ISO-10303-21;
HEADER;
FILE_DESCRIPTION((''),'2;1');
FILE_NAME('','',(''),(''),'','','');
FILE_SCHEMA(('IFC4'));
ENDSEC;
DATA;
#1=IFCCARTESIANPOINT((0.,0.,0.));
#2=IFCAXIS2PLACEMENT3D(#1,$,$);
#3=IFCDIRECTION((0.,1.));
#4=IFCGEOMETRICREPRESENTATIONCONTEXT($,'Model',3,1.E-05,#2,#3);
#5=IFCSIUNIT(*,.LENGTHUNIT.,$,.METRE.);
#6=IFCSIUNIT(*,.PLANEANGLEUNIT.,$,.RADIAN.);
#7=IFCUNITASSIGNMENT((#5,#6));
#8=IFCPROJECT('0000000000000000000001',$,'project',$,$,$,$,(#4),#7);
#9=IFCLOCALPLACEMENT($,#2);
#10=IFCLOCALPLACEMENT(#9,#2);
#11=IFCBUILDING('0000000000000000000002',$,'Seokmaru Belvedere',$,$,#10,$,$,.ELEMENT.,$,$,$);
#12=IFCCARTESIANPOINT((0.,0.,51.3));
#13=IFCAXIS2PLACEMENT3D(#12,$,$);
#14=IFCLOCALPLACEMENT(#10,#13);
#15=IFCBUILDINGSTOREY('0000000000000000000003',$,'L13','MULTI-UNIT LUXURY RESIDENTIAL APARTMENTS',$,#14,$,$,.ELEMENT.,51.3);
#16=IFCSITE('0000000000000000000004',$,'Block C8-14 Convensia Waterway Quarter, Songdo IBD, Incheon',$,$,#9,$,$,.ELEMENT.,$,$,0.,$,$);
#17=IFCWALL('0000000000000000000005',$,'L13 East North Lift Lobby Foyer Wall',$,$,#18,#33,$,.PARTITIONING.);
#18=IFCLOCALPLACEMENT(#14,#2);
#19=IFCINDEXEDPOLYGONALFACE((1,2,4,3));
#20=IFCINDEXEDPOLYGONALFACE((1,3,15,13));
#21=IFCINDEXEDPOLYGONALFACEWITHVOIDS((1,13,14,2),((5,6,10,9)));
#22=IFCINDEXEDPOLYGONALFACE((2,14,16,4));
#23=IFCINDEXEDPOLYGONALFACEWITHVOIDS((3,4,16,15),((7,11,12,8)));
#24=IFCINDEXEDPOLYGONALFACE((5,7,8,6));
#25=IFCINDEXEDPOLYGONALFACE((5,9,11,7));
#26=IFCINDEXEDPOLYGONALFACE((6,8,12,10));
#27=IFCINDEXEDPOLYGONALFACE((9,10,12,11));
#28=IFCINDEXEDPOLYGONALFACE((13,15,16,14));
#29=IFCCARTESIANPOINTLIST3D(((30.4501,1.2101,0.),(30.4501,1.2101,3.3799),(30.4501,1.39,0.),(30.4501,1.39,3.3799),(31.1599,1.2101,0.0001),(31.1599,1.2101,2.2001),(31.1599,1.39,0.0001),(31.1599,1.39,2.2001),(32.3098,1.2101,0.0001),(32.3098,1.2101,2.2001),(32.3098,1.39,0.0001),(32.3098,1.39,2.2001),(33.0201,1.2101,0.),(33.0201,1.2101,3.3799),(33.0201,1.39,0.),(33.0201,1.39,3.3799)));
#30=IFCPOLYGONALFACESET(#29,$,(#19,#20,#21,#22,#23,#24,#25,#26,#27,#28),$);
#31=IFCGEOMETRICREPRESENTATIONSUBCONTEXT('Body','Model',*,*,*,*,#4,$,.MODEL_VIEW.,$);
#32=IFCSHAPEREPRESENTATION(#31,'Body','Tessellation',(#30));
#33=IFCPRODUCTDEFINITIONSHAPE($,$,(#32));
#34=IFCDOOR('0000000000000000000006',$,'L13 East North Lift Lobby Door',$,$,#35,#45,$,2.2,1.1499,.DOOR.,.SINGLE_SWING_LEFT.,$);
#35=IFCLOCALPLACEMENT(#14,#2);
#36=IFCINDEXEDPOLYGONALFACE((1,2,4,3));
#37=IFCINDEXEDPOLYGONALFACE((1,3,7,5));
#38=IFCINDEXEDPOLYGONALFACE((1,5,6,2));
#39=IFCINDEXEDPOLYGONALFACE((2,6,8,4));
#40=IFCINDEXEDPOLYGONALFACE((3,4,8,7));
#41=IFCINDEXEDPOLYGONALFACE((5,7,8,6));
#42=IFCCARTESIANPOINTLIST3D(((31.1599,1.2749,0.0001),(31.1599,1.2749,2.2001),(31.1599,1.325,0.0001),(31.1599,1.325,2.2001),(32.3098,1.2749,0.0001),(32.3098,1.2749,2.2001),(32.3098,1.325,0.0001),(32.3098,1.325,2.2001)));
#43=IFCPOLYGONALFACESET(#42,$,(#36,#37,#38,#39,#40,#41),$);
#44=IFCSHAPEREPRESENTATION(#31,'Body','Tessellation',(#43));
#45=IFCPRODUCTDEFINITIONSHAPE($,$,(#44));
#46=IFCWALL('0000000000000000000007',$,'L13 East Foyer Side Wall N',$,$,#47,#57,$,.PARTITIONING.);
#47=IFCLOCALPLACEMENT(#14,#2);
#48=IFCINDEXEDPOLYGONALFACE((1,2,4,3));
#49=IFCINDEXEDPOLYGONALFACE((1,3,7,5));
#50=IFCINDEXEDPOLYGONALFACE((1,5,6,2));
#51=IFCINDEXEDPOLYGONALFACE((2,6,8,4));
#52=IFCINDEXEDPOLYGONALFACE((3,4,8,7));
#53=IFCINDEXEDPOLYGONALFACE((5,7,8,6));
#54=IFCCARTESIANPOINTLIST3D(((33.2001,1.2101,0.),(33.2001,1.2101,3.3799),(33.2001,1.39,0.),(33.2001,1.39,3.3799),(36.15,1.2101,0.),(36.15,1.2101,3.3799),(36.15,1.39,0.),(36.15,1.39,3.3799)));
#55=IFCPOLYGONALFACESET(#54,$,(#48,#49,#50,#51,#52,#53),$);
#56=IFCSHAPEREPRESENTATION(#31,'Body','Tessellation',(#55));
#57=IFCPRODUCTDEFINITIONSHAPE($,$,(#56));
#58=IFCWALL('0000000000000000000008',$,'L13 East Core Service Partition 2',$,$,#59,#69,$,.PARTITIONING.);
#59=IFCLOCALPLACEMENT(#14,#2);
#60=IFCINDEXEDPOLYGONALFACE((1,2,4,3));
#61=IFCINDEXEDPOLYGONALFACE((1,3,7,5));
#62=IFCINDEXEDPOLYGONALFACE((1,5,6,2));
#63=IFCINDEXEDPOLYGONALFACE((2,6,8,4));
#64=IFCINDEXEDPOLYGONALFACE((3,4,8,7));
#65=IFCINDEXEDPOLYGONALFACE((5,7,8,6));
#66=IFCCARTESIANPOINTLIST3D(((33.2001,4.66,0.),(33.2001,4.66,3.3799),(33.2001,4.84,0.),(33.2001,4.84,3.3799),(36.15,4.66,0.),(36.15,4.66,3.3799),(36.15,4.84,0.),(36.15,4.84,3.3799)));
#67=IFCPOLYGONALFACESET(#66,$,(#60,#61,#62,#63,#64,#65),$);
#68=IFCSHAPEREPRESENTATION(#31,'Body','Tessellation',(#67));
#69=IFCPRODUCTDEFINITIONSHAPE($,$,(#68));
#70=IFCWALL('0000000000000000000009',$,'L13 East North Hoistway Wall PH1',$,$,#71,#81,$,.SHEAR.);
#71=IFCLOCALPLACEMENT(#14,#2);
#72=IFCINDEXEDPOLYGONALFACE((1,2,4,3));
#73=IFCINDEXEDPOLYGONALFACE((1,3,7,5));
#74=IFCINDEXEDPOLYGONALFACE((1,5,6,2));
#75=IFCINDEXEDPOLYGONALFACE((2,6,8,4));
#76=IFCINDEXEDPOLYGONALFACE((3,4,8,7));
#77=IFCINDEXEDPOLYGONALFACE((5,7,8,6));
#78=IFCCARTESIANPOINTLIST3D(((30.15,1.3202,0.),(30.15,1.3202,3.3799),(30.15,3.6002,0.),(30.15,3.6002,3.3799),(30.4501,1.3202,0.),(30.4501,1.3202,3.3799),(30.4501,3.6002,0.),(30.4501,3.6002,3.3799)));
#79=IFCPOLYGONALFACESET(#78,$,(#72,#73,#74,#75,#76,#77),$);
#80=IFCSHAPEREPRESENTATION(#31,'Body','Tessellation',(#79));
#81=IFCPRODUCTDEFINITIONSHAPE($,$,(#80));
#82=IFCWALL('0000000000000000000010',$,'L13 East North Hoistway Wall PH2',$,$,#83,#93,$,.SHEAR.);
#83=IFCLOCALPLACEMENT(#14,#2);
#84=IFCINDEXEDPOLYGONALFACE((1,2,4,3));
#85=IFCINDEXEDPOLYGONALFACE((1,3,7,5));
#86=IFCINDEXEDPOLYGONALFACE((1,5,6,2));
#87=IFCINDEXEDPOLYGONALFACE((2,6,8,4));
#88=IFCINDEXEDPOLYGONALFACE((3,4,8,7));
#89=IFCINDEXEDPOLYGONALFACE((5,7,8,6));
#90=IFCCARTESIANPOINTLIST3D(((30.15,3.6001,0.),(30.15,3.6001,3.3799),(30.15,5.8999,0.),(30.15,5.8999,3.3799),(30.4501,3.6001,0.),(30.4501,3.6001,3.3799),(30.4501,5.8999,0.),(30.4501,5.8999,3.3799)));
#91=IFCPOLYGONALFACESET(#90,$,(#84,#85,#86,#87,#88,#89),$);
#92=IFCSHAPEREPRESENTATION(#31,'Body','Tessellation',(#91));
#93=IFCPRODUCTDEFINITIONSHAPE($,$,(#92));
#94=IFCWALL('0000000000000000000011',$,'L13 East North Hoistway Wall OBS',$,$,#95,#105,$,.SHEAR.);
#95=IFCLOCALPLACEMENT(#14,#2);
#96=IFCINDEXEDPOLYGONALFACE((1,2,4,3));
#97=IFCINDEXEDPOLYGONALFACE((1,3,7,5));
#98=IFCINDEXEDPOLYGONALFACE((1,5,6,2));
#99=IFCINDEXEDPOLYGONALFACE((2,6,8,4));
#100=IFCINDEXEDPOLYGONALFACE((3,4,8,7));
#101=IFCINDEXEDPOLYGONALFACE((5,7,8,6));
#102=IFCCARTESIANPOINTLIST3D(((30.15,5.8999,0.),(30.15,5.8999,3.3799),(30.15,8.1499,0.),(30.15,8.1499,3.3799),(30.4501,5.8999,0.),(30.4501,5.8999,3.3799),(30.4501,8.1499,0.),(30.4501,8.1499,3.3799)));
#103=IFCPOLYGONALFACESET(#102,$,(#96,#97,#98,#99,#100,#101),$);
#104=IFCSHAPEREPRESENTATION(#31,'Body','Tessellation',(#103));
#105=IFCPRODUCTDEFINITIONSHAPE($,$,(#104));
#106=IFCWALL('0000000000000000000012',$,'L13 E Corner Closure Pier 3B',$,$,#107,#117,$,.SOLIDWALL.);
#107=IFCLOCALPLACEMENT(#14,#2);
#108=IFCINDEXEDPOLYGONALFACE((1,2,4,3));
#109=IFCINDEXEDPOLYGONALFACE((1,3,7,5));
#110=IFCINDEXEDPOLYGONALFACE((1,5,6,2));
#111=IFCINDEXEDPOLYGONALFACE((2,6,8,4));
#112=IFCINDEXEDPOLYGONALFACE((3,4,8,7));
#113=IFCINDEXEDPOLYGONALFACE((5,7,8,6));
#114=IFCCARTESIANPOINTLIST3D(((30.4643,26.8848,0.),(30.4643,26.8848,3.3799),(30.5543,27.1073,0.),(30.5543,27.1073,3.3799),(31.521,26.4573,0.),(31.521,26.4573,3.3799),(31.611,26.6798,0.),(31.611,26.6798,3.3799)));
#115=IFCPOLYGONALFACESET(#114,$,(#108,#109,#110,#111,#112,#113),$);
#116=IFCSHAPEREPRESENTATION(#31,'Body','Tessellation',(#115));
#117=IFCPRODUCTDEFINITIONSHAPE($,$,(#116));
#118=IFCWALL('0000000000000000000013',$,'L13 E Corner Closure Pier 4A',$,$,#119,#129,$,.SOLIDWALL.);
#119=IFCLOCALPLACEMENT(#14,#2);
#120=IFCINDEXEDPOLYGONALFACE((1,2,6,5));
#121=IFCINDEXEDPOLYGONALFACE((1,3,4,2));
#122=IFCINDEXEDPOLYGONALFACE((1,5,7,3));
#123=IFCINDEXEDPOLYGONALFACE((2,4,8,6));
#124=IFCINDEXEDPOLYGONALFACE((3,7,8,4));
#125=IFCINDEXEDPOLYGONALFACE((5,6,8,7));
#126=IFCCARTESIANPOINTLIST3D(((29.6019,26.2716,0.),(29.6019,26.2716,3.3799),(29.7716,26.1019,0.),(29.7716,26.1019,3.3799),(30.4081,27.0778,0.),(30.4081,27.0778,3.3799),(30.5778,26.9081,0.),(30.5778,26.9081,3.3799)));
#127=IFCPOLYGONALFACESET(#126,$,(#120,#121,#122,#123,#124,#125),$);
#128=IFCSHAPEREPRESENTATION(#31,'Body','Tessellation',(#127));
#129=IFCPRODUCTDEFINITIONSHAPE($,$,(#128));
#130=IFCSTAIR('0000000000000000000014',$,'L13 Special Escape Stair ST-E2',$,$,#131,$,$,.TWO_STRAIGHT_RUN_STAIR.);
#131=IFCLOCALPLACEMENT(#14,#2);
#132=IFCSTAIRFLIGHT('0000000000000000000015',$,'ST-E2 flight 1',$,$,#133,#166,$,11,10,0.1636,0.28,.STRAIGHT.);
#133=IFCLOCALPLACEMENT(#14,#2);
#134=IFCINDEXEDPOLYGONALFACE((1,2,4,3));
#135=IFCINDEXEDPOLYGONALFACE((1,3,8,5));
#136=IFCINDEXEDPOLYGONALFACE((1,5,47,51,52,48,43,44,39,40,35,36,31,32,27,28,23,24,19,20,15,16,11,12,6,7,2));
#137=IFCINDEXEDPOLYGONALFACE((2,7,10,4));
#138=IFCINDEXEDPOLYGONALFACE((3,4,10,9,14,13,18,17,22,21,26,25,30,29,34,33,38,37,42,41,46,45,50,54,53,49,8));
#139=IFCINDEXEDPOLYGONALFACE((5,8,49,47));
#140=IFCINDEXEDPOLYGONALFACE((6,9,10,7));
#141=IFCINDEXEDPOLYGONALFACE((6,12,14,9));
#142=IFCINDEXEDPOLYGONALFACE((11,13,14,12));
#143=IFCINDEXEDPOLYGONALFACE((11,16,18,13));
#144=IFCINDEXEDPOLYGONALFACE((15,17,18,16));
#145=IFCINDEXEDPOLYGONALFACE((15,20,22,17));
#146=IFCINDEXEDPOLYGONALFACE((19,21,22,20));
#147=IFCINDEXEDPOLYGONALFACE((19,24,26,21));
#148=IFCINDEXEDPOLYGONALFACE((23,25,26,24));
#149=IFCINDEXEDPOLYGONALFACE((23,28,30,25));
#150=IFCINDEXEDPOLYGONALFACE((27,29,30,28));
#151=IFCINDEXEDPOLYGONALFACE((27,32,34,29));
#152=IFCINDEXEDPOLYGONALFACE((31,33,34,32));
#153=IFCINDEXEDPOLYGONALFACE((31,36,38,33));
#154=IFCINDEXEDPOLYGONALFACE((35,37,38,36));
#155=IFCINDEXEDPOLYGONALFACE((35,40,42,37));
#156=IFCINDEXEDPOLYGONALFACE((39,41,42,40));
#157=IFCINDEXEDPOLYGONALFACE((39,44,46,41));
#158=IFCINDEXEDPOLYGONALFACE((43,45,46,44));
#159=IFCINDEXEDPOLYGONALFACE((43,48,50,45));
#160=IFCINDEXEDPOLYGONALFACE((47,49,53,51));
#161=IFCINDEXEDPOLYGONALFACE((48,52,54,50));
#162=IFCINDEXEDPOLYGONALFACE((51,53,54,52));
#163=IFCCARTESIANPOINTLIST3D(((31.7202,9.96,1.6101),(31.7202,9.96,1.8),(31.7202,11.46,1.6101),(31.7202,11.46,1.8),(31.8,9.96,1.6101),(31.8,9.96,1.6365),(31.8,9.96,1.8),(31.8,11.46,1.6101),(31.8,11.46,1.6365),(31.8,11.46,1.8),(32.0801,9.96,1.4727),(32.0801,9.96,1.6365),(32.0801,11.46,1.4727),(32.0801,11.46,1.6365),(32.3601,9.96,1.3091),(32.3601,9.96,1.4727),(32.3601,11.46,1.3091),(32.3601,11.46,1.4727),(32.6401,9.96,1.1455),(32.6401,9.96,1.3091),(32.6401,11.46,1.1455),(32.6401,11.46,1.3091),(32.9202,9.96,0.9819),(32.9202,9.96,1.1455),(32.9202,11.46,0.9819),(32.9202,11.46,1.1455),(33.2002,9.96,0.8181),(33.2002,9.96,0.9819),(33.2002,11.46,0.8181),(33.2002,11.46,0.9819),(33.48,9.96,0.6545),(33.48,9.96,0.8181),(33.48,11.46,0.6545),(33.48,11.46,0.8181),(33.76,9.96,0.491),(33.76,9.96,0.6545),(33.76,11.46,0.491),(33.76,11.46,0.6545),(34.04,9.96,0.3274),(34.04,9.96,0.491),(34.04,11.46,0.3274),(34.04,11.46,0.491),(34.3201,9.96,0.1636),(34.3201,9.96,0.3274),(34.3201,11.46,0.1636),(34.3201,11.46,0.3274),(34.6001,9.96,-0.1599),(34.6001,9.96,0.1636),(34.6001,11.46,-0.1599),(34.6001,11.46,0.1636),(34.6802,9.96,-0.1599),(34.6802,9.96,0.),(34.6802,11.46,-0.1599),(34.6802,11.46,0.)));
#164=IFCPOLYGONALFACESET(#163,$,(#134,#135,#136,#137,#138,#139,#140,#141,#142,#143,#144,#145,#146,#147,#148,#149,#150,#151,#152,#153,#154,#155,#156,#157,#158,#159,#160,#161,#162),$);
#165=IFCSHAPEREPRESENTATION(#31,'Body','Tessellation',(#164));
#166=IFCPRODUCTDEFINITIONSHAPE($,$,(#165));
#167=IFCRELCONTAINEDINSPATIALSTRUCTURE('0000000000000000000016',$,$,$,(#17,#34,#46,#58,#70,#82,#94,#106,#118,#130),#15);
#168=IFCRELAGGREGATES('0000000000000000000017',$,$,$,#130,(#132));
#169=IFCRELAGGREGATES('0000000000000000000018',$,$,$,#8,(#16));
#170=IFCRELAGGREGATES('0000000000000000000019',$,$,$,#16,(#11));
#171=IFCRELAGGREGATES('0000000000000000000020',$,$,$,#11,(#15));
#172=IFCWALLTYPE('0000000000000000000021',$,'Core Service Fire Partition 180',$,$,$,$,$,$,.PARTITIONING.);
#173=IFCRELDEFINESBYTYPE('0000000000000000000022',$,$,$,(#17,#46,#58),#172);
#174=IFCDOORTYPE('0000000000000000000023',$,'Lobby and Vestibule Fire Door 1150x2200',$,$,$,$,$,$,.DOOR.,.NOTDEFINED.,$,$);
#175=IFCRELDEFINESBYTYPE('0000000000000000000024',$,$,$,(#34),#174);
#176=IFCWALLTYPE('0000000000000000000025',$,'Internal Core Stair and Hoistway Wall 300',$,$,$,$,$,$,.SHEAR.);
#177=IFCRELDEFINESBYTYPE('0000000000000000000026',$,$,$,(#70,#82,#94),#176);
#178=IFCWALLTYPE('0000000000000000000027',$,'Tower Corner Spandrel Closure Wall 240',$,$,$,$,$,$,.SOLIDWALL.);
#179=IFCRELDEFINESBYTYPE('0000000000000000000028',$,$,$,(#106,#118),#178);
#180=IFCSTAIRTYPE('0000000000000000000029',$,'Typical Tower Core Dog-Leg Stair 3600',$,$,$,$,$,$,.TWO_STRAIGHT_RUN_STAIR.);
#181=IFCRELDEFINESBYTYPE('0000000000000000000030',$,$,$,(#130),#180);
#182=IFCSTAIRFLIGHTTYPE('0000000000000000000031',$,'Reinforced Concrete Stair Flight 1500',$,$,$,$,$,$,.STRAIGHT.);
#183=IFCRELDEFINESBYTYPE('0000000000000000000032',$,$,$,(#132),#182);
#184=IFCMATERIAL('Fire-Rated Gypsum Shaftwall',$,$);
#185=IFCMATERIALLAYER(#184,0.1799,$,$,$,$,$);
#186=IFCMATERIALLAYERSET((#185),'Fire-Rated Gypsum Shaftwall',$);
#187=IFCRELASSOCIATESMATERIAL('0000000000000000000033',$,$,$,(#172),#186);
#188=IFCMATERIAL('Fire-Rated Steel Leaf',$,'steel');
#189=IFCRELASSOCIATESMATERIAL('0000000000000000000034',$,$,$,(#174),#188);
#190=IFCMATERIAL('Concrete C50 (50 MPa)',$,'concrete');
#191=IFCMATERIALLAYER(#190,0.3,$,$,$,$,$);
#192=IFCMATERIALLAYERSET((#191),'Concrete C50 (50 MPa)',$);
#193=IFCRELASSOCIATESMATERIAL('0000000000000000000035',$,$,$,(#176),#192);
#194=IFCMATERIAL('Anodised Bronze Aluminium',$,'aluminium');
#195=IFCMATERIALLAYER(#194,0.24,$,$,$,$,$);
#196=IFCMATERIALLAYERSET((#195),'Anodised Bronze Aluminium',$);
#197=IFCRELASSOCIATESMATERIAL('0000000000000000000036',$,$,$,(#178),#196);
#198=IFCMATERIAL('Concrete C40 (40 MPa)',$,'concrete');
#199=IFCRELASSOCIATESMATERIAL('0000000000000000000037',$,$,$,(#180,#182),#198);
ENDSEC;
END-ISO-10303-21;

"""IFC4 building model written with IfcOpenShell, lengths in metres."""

from ifc_helpers import new_model, si_unit, direction, frame, frame_2d, origin, place, context, subcontext, project, spatial, polyline, rectangle, outline, extrude, source, transform, mapped, material, layer, layer_set, type_object, type_shapes, element, fill, aggregate, save


model = new_model("IFC4")

# Units and contexts
model_context = context("Model", 3, precision=1e-05, world=origin(), true_north=direction((0.0, 1.0)))
body_context = subcontext(model_context, "Body", "Model", "MODEL_VIEW")
ifc_project = project(units=[si_unit("LENGTHUNIT", "METRE"), si_unit("PLANEANGLEUNIT", "RADIAN")], contexts=[model_context])

# Site, building, storey
site_placement = place(None, origin())
site = spatial("IfcSite", under=ifc_project, at=site_placement, Name="Block C8-14 Convensia Waterway Quarter, Songdo IBD, Incheon", CompositionType="ELEMENT", RefElevation=0.0)
building_placement = place(site_placement, origin())
building = spatial("IfcBuilding", under=site, at=building_placement, Name="Seokmaru Belvedere", CompositionType="ELEMENT")
storey_placement = place(building_placement, frame((0.0, 0.0, 51.3)))
storey = spatial("IfcBuildingStorey", under=building, at=storey_placement, Name="L13", Description="MULTI-UNIT LUXURY RESIDENTIAL APARTMENTS", CompositionType="ELEMENT", Elevation=51.3)

# Shared definitions
ifc_material_1 = material(Name="Anodised Bronze Aluminium", Category="aluminium")

# Shared definitions
ifc_material_2 = material(Name="Fire-Rated Gypsum Shaftwall")
ifc_layer_1 = layer(ifc_material_2, 0.1799)
ifc_layer_set_1 = layer_set([ifc_layer_1], Name="Fire-Rated Gypsum Shaftwall")
wall_type_1 = type_object("IfcWallType", Name="Core Service Fire Partition 180", PredefinedType="PARTITIONING", material=ifc_layer_set_1)

# Wall, opening, door
wall_1_placement = place(storey_placement, frame((30.45, 1.3, 0.0), z_axis=(0.0, 0.0, 1.0), x_axis=(1.0, 0.0, 0.0)))
wall_1 = element("IfcWall", 1, at=wall_1_placement, inside=storey, type_object=wall_type_1, Name="L13 East North Lift Lobby Foyer Wall", PredefinedType="PARTITIONING", context=body_context, shape_type="SweptSolid", body=[
    extrude(rectangle(XDim=2.5701, YDim=0.1799, at=frame_2d((1.2852, 0.0))), origin(), (0.0, 0.0, 1.0), 3.3799),
])
opening_1_placement = place(wall_1_placement, frame((0.71, 0.0, 0.0)))
opening_1 = element("IfcOpeningElement", 2, at=opening_1_placement, cuts=wall_1, PredefinedType="OPENING", context=body_context, shape_type="SweptSolid", body=[
    extrude(rectangle(XDim=1.1499, YDim=2.2, at=frame_2d((0.575, 1.1001))), frame((0.0, 0.1001, 0.0), z_axis=(0.0, -1.0, 0.0), x_axis=(1.0, 0.0, 0.0)), (0.0, 0.0, 1.0), 0.2),
])
ifc_material_3 = material(Name="Fire-Rated Steel Leaf", Category="steel")
door_type_1 = type_object("IfcDoorType", Name="Lobby and Vestibule Fire Door 1150x2200", OperationType="NOTDEFINED", PredefinedType="DOOR", material=ifc_material_3)
shared_shape_1 = source(origin(), body_context, "Body", "SweptSolid", [
    extrude(rectangle(XDim=1.1499, YDim=2.2, at=frame_2d((0.575, 1.1001))), frame((0.0, 0.0249, 0.0), z_axis=(0.0, -1.0, 0.0), x_axis=(1.0, 0.0, 0.0)), (0.0, 0.0, 1.0), 0.05),
])
type_shapes(door_type_1, [shared_shape_1])
door_1_placement = place(opening_1_placement, origin())
door_1 = element("IfcDoor", 3, at=door_1_placement, inside=storey, type_object=door_type_1, Name="L13 East North Lift Lobby Door", OperationType="SINGLE_SWING_LEFT", OverallHeight=2.2, OverallWidth=1.1499, PredefinedType="DOOR", context=body_context, shape_type="MappedRepresentation", body=[
    mapped(shared_shape_1, transform((0.0, 0.0, 0.0), scale=1.0)),
])
fill(opening_1, door_1)

# Walls
for number, where, z_axis, x_axis, name in (
    (4, (33.2, 1.3, 0.0), (0.0, 0.0, 1.0), (1.0, 0.0, 0.0), "L13 East Foyer Side Wall N"),
    (5, (33.2, 4.75, 0.0), (0.0, 0.0, 1.0), (1.0, 0.0, 0.0), "L13 East Core Service Partition 2"),
):
    element("IfcWall", number, at=place(storey_placement, frame(where, z_axis=z_axis, x_axis=x_axis)), inside=storey, type_object=wall_type_1, Name=name, PredefinedType="PARTITIONING", context=body_context, shape_type="SweptSolid", body=[
        extrude(rectangle(XDim=2.95, YDim=0.1799, at=frame_2d((1.4751, 0.0))), origin(), (0.0, 0.0, 1.0), 3.3799),
    ])
ifc_material_4 = material(Name="Concrete C50 (50 MPa)", Category="concrete")
ifc_layer_2 = layer(ifc_material_4, 0.3)
ifc_layer_set_2 = layer_set([ifc_layer_2], Name="Concrete C50 (50 MPa)")
wall_type_2 = type_object("IfcWallType", Name="Internal Core Stair and Hoistway Wall 300", PredefinedType="SHEAR", material=ifc_layer_set_2)
wall_2_placement = place(storey_placement, frame((30.3, 1.3201, 0.0), z_axis=(0.0, 0.0, 1.0), x_axis=(0.0, 1.0, 0.0)))
element("IfcWall", 6, at=wall_2_placement, inside=storey, type_object=wall_type_2, Name="L13 East North Hoistway Wall PH1", PredefinedType="SHEAR", context=body_context, shape_type="SweptSolid", body=[
    extrude(rectangle(XDim=2.28, YDim=0.3, at=frame_2d((1.1401, 0.0))), origin(), (0.0, 0.0, 1.0), 3.3799),
])
wall_3_placement = place(storey_placement, frame((30.3, 3.6001, 0.0), z_axis=(0.0, 0.0, 1.0), x_axis=(0.0, 1.0, 0.0)))
element("IfcWall", 7, at=wall_3_placement, inside=storey, type_object=wall_type_2, Name="L13 East North Hoistway Wall PH2", PredefinedType="SHEAR", context=body_context, shape_type="SweptSolid", body=[
    extrude(rectangle(XDim=2.2998, YDim=0.3, at=frame_2d((1.1499, 0.0))), origin(), (0.0, 0.0, 1.0), 3.3799),
])
wall_4_placement = place(storey_placement, frame((30.3, 5.8999, 0.0), z_axis=(0.0, 0.0, 1.0), x_axis=(0.0, 1.0, 0.0)))
element("IfcWall", 8, at=wall_4_placement, inside=storey, type_object=wall_type_2, Name="L13 East North Hoistway Wall OBS", PredefinedType="SHEAR", context=body_context, shape_type="SweptSolid", body=[
    extrude(rectangle(XDim=2.25, YDim=0.3, at=frame_2d((1.125, 0.0))), origin(), (0.0, 0.0, 1.0), 3.3799),
])

# Walls
ifc_layer_3 = layer(ifc_material_1, 0.24)
ifc_layer_set_3 = layer_set([ifc_layer_3], Name="Anodised Bronze Aluminium")
wall_type_3 = type_object("IfcWallType", Name="Tower Corner Spandrel Closure Wall 240", PredefinedType="SOLIDWALL", material=ifc_layer_set_3)
wall_5_placement = place(storey_placement, frame((31.5659, 26.5686, 0.0), z_axis=(0.0, 0.0, 1.0), x_axis=(-0.927007, 0.375044, 0.0)))
element("IfcWall", 9, at=wall_5_placement, inside=storey, type_object=wall_type_3, Name="L13 E Corner Closure Pier 3B", PredefinedType="SOLIDWALL", context=body_context, shape_type="SweptSolid", body=[
    extrude(rectangle(XDim=1.1399, YDim=0.24, at=frame_2d((0.5698, 0.0))), origin(), (0.0, 0.0, 1.0), 3.3799),
])
wall_6_placement = place(storey_placement, frame((30.4929, 26.9929, 0.0), z_axis=(0.0, 0.0, 1.0), x_axis=(-0.707107, -0.707107, 0.0)))
element("IfcWall", 10, at=wall_6_placement, inside=storey, type_object=wall_type_3, Name="L13 E Corner Closure Pier 4A", PredefinedType="SOLIDWALL", context=body_context, shape_type="SweptSolid", body=[
    extrude(rectangle(XDim=1.1401, YDim=0.24, at=frame_2d((0.5701, 0.0))), origin(), (0.0, 0.0, 1.0), 3.3799),
])

# Stair, stair flight
ifc_material_5 = material(Name="Concrete C40 (40 MPa)", Category="concrete")
stair_type = type_object("IfcStairType", Name="Typical Tower Core Dog-Leg Stair 3600", PredefinedType="TWO_STRAIGHT_RUN_STAIR", material=ifc_material_5)
stair_placement = place(storey_placement, origin())
stair = element("IfcStair", 11, at=stair_placement, inside=storey, type_object=stair_type, Name="L13 Special Escape Stair ST-E2", PredefinedType="TWO_STRAIGHT_RUN_STAIR")
stair_flight_type = type_object("IfcStairFlightType", Name="Reinforced Concrete Stair Flight 1500", PredefinedType="STRAIGHT", material=ifc_material_5)
stair_flight_1_placement = place(storey_placement, frame((34.6001, 10.71, 0.0), z_axis=(0.0, 0.0, 1.0), x_axis=(-1.0, 0.0, 0.0)))
stair_flight_1 = element("IfcStairFlight", 12, at=stair_flight_1_placement, type_object=stair_flight_type, Name="ST-E2 flight 1", NumberOfRisers=11, NumberOfTreads=10, PredefinedType="STRAIGHT", RiserHeight=0.1636, TreadLength=0.28, context=body_context, shape_type="SweptSolid", body=[
    extrude(outline(polyline([(-0.0801, 0.0), (0.0, 0.1636), (0.28, 0.1636), (0.28, 0.3274), (0.5601, 0.3274), (0.5601, 0.491), (0.8401, 0.491), (0.8401, 0.6545), (1.1201, 0.6545), (1.1201, 0.8181), (1.3999, 0.8181), (1.3999, 0.9819), (1.6799, 0.9819), (1.6799, 1.1455), (1.96, 1.1455), (1.96, 1.3091), (2.24, 1.3091), (2.24, 1.4727), (2.52, 1.4727), (2.52, 1.6365), (2.8, 1.6365), (2.8, 1.8), (2.8799, 1.8), (2.8799, 1.6101), (2.8, 1.6101), (0.0, -0.1599), (-0.0801, -0.1599), (-0.0801, 0.0)])), frame((0.0, 0.75, 0.0), z_axis=(0.0, -1.0, 0.0), x_axis=(1.0, 0.0, 0.0)), (0.0, 0.0, 1.0), 1.5),
])
aggregate(stair, [stair_flight_1])

save(model, "model.ifc")
